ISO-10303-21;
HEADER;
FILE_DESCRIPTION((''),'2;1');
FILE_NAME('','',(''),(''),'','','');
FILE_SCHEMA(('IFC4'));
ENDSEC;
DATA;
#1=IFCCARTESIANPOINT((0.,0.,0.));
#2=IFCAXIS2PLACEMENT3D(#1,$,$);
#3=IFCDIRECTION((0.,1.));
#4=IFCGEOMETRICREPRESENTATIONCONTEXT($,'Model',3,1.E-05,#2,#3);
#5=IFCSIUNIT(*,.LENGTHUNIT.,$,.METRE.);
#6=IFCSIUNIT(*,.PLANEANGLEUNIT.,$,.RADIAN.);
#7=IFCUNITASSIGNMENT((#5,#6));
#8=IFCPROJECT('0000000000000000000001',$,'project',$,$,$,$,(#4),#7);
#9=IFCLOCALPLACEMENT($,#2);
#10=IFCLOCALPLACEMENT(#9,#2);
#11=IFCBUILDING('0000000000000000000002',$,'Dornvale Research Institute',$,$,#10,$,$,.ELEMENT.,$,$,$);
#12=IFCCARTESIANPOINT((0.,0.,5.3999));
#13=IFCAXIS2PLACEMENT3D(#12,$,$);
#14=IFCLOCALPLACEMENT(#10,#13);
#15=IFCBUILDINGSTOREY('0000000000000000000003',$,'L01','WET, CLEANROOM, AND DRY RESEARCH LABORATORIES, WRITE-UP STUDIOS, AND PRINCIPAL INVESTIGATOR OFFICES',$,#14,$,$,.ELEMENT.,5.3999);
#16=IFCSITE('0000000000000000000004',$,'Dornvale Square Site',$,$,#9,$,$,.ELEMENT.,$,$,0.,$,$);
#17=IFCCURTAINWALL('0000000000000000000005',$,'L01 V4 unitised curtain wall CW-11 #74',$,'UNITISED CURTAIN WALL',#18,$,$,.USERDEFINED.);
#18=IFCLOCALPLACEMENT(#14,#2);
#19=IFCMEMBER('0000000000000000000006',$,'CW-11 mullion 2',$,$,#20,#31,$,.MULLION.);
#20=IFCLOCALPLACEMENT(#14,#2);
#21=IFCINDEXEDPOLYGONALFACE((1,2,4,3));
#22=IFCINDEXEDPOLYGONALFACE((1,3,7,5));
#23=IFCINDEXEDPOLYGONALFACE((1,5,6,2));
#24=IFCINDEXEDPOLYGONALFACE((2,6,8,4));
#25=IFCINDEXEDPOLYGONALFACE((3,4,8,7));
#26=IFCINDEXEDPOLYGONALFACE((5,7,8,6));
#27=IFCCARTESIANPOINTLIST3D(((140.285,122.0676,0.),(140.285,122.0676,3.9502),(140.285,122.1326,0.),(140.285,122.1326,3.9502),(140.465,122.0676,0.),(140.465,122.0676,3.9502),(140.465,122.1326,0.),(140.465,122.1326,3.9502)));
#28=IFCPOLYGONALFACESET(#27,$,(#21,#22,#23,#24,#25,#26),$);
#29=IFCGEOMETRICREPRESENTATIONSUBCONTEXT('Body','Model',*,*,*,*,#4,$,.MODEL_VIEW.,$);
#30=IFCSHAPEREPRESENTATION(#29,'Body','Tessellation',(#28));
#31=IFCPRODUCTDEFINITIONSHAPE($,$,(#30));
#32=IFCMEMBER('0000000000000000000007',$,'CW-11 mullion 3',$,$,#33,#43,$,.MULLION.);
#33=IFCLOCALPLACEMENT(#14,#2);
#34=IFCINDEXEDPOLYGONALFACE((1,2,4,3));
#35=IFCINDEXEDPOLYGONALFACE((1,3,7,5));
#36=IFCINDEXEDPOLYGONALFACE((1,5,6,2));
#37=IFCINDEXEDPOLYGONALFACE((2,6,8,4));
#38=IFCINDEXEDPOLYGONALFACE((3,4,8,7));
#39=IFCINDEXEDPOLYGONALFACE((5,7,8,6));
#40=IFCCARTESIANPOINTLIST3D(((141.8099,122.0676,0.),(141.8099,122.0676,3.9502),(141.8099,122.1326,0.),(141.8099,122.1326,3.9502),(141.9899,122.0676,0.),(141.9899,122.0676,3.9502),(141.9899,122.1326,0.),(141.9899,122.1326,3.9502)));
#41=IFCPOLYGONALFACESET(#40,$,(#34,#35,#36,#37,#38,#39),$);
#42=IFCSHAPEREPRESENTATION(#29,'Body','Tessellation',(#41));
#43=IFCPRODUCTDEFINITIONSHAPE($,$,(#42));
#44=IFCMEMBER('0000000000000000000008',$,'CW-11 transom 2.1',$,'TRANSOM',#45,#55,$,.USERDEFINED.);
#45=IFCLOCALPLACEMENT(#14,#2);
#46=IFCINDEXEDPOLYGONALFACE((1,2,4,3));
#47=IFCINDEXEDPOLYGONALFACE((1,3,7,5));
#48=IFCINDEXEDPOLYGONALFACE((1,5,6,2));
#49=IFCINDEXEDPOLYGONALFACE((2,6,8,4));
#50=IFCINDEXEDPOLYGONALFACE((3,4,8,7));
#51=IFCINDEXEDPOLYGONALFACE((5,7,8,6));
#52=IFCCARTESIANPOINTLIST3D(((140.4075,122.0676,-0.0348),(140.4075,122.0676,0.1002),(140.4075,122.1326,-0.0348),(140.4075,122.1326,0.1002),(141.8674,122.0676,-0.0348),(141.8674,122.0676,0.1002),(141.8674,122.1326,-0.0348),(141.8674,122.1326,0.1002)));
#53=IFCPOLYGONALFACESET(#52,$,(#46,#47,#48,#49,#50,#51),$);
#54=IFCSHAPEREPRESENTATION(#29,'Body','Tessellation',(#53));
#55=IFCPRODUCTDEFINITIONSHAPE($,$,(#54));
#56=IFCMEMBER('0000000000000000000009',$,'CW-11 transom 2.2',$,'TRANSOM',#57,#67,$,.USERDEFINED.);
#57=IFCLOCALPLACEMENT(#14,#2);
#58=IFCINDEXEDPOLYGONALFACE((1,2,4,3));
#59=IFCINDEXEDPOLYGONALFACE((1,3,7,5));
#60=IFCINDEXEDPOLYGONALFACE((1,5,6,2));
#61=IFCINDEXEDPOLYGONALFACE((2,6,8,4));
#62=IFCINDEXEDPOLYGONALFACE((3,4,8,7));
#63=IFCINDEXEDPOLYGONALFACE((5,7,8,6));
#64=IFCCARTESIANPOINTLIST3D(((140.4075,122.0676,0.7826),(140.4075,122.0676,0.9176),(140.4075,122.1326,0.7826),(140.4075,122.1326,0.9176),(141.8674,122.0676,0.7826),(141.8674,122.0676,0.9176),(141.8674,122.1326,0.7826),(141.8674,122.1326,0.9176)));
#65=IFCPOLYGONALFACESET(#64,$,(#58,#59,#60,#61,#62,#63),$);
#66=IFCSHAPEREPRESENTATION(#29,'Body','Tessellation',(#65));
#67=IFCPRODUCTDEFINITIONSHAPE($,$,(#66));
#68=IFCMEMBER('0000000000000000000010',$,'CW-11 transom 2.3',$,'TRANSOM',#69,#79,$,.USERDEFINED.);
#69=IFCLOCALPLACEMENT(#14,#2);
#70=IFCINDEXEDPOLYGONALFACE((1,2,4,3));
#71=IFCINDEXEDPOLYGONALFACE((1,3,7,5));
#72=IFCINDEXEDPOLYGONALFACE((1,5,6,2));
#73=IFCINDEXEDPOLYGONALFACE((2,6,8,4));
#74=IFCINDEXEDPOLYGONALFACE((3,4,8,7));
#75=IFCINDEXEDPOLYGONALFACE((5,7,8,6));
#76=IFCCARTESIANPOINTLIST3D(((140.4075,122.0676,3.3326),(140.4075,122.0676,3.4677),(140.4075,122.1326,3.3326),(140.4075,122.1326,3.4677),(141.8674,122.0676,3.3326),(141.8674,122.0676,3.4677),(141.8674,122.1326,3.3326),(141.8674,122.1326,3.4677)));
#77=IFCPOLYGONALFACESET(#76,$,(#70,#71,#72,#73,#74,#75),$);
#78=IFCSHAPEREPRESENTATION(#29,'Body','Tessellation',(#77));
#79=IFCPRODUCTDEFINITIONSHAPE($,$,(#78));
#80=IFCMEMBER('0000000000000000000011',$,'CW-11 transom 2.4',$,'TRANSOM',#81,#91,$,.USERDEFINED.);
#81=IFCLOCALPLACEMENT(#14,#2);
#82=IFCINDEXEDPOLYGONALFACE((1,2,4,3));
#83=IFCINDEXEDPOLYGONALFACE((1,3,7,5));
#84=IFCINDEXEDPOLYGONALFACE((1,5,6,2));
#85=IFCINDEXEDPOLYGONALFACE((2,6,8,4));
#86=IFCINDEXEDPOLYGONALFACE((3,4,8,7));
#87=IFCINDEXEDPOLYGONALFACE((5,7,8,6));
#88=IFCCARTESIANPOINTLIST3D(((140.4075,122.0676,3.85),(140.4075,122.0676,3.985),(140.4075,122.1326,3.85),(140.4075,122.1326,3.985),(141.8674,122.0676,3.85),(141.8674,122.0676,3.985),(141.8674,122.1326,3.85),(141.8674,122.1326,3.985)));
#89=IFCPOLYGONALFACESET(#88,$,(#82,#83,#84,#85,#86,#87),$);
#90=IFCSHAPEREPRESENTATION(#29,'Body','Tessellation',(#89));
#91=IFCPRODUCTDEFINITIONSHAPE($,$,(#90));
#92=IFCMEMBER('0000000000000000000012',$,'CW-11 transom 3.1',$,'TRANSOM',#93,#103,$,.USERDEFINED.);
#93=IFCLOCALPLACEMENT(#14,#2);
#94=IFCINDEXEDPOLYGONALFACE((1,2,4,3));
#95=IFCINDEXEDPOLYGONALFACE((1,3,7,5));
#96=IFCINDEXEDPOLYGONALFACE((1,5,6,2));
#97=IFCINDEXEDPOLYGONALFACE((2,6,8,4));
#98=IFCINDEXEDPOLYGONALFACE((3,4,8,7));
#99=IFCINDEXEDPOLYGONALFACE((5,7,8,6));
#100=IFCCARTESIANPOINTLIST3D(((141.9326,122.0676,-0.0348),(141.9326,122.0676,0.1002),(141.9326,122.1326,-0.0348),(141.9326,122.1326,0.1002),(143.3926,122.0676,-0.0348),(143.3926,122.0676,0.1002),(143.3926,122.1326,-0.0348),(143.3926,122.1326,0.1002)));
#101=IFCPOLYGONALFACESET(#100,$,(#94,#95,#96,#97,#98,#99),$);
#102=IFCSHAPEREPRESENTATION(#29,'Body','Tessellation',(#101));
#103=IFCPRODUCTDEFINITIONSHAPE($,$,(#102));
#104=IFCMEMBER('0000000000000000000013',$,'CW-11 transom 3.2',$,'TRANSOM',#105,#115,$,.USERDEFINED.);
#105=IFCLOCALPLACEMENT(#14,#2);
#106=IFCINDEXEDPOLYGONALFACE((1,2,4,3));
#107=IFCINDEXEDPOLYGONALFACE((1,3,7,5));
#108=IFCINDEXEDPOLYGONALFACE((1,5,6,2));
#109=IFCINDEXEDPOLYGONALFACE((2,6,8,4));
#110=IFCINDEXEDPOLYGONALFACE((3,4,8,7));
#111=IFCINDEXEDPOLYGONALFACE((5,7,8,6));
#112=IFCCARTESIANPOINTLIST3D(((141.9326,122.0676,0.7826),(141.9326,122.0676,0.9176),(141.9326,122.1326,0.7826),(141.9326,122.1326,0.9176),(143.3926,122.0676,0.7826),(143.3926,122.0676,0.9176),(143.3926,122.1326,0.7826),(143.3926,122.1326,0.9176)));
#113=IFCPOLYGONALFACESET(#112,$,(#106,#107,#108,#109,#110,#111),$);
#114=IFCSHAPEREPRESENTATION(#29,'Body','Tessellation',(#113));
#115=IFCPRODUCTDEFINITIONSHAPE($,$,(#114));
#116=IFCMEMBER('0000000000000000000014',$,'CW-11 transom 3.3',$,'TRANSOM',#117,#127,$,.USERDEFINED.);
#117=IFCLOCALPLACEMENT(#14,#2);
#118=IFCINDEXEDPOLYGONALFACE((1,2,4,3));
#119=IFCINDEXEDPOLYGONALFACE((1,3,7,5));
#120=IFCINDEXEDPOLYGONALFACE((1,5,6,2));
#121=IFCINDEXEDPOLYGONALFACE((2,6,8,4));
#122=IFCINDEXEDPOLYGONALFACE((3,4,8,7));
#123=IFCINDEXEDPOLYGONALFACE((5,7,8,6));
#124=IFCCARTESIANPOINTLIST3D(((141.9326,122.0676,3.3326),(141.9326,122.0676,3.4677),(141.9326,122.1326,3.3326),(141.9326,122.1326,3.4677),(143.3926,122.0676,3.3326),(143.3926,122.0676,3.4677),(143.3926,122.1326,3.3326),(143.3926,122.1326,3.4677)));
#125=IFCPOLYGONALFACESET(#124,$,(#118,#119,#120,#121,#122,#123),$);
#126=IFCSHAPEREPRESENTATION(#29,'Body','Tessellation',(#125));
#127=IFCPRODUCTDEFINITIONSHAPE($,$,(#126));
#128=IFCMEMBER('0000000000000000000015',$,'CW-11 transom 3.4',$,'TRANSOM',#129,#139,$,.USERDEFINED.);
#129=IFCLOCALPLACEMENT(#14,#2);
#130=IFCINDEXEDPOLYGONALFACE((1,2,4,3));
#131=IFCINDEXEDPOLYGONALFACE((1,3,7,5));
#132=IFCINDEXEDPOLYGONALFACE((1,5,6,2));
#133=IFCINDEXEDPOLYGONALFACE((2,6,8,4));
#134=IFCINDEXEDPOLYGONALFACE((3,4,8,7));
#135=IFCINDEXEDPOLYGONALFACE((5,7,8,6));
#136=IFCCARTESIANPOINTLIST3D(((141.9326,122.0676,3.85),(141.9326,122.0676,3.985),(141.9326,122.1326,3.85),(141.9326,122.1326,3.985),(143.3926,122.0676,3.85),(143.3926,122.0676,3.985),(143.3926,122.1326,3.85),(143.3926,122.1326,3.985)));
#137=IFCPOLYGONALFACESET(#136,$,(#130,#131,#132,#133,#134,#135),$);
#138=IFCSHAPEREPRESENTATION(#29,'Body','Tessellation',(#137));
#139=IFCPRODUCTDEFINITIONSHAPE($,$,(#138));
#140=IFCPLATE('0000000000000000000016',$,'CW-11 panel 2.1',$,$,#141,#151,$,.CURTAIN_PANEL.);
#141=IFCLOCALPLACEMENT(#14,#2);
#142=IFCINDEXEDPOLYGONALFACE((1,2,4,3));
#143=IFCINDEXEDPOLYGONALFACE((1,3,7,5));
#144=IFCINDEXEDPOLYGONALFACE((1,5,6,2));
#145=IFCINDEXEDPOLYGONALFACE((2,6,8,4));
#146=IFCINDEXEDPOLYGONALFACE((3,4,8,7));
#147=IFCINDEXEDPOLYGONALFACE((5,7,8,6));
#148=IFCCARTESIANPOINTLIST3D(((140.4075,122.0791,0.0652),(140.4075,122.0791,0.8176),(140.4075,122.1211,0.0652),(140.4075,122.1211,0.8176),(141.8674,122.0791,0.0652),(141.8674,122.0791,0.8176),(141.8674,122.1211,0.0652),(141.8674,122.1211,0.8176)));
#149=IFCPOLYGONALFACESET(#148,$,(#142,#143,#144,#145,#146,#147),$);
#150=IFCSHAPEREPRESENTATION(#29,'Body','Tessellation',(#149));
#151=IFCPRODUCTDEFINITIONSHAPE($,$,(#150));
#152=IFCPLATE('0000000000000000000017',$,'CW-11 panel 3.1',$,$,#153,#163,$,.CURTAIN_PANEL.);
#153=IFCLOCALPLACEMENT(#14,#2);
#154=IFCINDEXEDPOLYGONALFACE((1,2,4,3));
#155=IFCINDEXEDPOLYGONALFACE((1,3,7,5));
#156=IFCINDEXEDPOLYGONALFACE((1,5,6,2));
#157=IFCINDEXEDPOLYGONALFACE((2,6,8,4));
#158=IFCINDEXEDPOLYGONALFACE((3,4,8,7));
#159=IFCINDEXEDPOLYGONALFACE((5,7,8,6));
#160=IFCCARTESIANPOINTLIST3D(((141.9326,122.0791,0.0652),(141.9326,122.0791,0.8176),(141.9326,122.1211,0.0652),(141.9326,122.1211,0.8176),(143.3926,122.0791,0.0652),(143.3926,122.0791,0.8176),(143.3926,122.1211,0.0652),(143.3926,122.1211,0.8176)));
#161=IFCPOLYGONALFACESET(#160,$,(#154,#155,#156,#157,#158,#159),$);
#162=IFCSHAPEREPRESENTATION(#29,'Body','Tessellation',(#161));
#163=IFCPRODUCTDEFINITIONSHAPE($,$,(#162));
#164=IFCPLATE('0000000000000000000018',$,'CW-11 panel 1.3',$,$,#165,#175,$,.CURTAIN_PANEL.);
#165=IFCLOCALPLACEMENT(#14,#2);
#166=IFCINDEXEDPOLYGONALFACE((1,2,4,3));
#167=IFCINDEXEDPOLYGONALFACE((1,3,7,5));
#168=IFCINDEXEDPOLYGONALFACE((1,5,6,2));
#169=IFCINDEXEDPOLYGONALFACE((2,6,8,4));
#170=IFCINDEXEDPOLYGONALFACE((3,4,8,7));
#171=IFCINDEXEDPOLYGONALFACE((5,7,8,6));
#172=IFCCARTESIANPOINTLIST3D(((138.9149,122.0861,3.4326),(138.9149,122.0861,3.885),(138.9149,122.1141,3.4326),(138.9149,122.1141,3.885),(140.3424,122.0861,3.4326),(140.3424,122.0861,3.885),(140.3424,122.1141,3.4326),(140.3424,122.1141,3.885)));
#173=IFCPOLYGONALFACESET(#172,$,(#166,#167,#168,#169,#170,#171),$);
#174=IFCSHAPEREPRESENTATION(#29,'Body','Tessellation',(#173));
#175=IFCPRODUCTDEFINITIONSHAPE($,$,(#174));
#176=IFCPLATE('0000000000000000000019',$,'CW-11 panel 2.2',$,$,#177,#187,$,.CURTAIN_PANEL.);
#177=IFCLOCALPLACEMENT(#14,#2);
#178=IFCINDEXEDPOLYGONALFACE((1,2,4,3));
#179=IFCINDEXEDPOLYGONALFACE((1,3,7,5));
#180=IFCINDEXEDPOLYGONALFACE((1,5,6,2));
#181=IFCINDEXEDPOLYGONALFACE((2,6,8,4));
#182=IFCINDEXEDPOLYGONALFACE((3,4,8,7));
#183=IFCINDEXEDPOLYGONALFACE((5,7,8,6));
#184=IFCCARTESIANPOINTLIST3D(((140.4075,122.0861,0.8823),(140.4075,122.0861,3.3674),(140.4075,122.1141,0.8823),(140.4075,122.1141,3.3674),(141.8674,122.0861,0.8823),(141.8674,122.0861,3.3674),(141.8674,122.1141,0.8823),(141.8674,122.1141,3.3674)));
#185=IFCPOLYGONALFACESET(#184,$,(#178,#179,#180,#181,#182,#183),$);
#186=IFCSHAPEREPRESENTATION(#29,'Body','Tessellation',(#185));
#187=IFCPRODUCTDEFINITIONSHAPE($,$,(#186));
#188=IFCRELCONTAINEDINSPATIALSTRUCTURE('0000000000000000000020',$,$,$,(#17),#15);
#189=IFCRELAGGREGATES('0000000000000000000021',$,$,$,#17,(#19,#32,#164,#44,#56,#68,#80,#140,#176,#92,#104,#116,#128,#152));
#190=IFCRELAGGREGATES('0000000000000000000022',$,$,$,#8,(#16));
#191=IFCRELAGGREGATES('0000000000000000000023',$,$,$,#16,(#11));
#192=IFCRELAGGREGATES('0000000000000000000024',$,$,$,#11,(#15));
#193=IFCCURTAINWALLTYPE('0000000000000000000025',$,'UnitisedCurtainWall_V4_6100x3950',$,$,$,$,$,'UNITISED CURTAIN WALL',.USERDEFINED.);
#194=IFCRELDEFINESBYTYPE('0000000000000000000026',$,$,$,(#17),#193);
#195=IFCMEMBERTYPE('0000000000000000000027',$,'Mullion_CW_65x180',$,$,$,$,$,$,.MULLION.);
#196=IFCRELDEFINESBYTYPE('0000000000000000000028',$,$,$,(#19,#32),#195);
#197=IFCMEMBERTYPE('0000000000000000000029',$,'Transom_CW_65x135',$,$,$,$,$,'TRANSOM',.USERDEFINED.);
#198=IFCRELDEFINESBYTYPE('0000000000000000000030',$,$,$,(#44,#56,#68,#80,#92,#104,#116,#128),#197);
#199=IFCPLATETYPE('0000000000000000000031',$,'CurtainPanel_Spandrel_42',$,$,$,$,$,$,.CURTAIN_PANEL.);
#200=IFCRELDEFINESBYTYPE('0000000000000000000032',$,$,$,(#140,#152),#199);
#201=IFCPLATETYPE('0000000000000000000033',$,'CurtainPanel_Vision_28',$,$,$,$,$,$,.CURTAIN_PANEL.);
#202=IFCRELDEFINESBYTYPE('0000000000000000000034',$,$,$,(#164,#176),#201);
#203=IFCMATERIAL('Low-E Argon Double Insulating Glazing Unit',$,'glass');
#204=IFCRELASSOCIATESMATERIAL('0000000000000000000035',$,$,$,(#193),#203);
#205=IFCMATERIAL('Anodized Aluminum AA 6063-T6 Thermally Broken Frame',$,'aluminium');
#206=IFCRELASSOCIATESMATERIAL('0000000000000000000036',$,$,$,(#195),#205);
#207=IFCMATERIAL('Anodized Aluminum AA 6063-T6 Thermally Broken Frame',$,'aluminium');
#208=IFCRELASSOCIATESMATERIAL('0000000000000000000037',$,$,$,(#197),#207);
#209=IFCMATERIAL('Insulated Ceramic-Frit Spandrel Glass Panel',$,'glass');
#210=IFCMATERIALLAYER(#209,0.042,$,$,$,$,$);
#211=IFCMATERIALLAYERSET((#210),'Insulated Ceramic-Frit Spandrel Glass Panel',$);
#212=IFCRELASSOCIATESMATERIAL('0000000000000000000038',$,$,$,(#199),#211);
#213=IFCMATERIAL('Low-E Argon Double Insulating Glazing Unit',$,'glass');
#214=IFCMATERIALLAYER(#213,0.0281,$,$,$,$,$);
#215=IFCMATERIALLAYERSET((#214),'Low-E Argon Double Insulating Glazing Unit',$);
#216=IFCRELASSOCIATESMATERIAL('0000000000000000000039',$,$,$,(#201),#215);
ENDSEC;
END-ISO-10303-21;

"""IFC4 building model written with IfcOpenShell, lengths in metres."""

from ifc_helpers import new_model, si_unit, direction, frame, origin, origin_2d, place, context, subcontext, project, spatial, rectangle, extrude, material, layer, layer_set, material_profile, profile_set, type_object, element, aggregate, save


model = new_model("IFC4")

# Units and contexts
model_context = context("Model", 3, precision=1e-05, world=origin(), true_north=direction((0.0, 1.0)))
body_context = subcontext(model_context, "Body", "Model", "MODEL_VIEW")
ifc_project = project(units=[si_unit("LENGTHUNIT", "METRE"), si_unit("PLANEANGLEUNIT", "RADIAN")], contexts=[model_context])

# Site, building, storey
site_placement = place(None, origin())
site = spatial("IfcSite", under=ifc_project, at=site_placement, Name="Dornvale Square Site", CompositionType="ELEMENT", RefElevation=0.0)
building_placement = place(site_placement, origin())
building = spatial("IfcBuilding", under=site, at=building_placement, Name="Dornvale Research Institute", CompositionType="ELEMENT")
storey_placement = place(building_placement, frame((0.0, 0.0, 5.3999)))
storey = spatial("IfcBuildingStorey", under=building, at=storey_placement, Name="L01", Description="WET, CLEANROOM, AND DRY RESEARCH LABORATORIES, WRITE-UP STUDIOS, AND PRINCIPAL INVESTIGATOR OFFICES", CompositionType="ELEMENT", Elevation=5.3999)

# Curtain wall, members, plates
ifc_material_1 = material(Name="Low-E Argon Double Insulating Glazing Unit", Category="glass")
curtain_wall_type = type_object("IfcCurtainWallType", Name="UnitisedCurtainWall_V4_6100x3950", ElementType="UNITISED CURTAIN WALL", PredefinedType="USERDEFINED", material=ifc_material_1)
curtain_wall_placement = place(storey_placement, origin())
curtain_wall = element("IfcCurtainWall", 1, at=curtain_wall_placement, inside=storey, type_object=curtain_wall_type, Name="L01 V4 unitised curtain wall CW-11 #74", ObjectType="UNITISED CURTAIN WALL", PredefinedType="USERDEFINED")
ifc_material_2 = material(Name="Anodized Aluminum AA 6063-T6 Thermally Broken Frame", Category="aluminium")
ifc_material_profile_1 = material_profile(ifc_material_2, rectangle(XDim=0.0649, YDim=0.1799, at=origin_2d()), Name="ALU MULLION 65x180")
ifc_profile_set_1 = profile_set([ifc_material_profile_1], Name="Anodized Aluminum AA 6063-T6 Thermally Broken Frame")
member_type_1 = type_object("IfcMemberType", Name="Mullion_CW_65x180", PredefinedType="MULLION", material=ifc_profile_set_1)
member_1_placement = place(storey_placement, frame((140.375, 122.1001, 0.0), z_axis=(0.0, 0.0, 1.0), x_axis=(0.0, 1.0, 0.0)))
member_1 = element("IfcMember", 2, at=member_1_placement, type_object=member_type_1, Name="CW-11 mullion 2", PredefinedType="MULLION", context=body_context, shape_type="SweptSolid", body=[
    extrude(rectangle(XDim=0.0649, YDim=0.1799, at=origin_2d()), origin(), (0.0, 0.0, 1.0), 3.9502),
])
member_2_placement = place(storey_placement, frame((141.8999, 122.1001, 0.0), z_axis=(0.0, 0.0, 1.0), x_axis=(0.0, 1.0, 0.0)))
member_2 = element("IfcMember", 3, at=member_2_placement, type_object=member_type_1, Name="CW-11 mullion 3", PredefinedType="MULLION", context=body_context, shape_type="SweptSolid", body=[
    extrude(rectangle(XDim=0.0649, YDim=0.1799, at=origin_2d()), origin(), (0.0, 0.0, 1.0), 3.9502),
])
ifc_material_3 = material(Name="Anodized Aluminum AA 6063-T6 Thermally Broken Frame", Category="aluminium")
ifc_material_profile_2 = material_profile(ifc_material_3, rectangle(XDim=0.0649, YDim=0.135, at=origin_2d()), Name="ALU TRANSOM 65x135")
ifc_profile_set_2 = profile_set([ifc_material_profile_2], Name="Anodized Aluminum AA 6063-T6 Thermally Broken Frame")
member_type_2 = type_object("IfcMemberType", Name="Transom_CW_65x135", ElementType="TRANSOM", PredefinedType="USERDEFINED", material=ifc_profile_set_2)
member_3_placement = place(storey_placement, frame((140.4075, 122.1001, 0.0327), z_axis=(1.0, 0.0, 0.0), x_axis=(0.0, 1.0, 0.0)))
member_3 = element("IfcMember", 4, at=member_3_placement, type_object=member_type_2, Name="CW-11 transom 2.1", ObjectType="TRANSOM", PredefinedType="USERDEFINED", context=body_context, shape_type="SweptSolid", body=[
    extrude(rectangle(XDim=0.0649, YDim=0.135, at=origin_2d()), origin(), (0.0, 0.0, 1.0), 1.46),
])
member_4_placement = place(storey_placement, frame((140.4075, 122.1001, 0.8501), z_axis=(1.0, 0.0, 0.0), x_axis=(0.0, 1.0, 0.0)))
member_4 = element("IfcMember", 5, at=member_4_placement, type_object=member_type_2, Name="CW-11 transom 2.2", ObjectType="TRANSOM", PredefinedType="USERDEFINED", context=body_context, shape_type="SweptSolid", body=[
    extrude(rectangle(XDim=0.0649, YDim=0.135, at=origin_2d()), origin(), (0.0, 0.0, 1.0), 1.46),
])
member_5_placement = place(storey_placement, frame((140.4075, 122.1001, 3.4001), z_axis=(1.0, 0.0, 0.0), x_axis=(0.0, 1.0, 0.0)))
member_5 = element("IfcMember", 6, at=member_5_placement, type_object=member_type_2, Name="CW-11 transom 2.3", ObjectType="TRANSOM", PredefinedType="USERDEFINED", context=body_context, shape_type="SweptSolid", body=[
    extrude(rectangle(XDim=0.0649, YDim=0.135, at=origin_2d()), origin(), (0.0, 0.0, 1.0), 1.46),
])
member_6_placement = place(storey_placement, frame((140.4075, 122.1001, 3.9175), z_axis=(1.0, 0.0, 0.0), x_axis=(0.0, 1.0, 0.0)))
member_6 = element("IfcMember", 7, at=member_6_placement, type_object=member_type_2, Name="CW-11 transom 2.4", ObjectType="TRANSOM", PredefinedType="USERDEFINED", context=body_context, shape_type="SweptSolid", body=[
    extrude(rectangle(XDim=0.0649, YDim=0.135, at=origin_2d()), origin(), (0.0, 0.0, 1.0), 1.46),
])
member_7_placement = place(storey_placement, frame((141.9326, 122.1001, 0.0327), z_axis=(1.0, 0.0, 0.0), x_axis=(0.0, 1.0, 0.0)))
member_7 = element("IfcMember", 8, at=member_7_placement, type_object=member_type_2, Name="CW-11 transom 3.1", ObjectType="TRANSOM", PredefinedType="USERDEFINED", context=body_context, shape_type="SweptSolid", body=[
    extrude(rectangle(XDim=0.0649, YDim=0.135, at=origin_2d()), origin(), (0.0, 0.0, 1.0), 1.46),
])
member_8_placement = place(storey_placement, frame((141.9326, 122.1001, 0.8501), z_axis=(1.0, 0.0, 0.0), x_axis=(0.0, 1.0, 0.0)))
member_8 = element("IfcMember", 9, at=member_8_placement, type_object=member_type_2, Name="CW-11 transom 3.2", ObjectType="TRANSOM", PredefinedType="USERDEFINED", context=body_context, shape_type="SweptSolid", body=[
    extrude(rectangle(XDim=0.0649, YDim=0.135, at=origin_2d()), origin(), (0.0, 0.0, 1.0), 1.46),
])
member_9_placement = place(storey_placement, frame((141.9326, 122.1001, 3.4001), z_axis=(1.0, 0.0, 0.0), x_axis=(0.0, 1.0, 0.0)))
member_9 = element("IfcMember", 10, at=member_9_placement, type_object=member_type_2, Name="CW-11 transom 3.3", ObjectType="TRANSOM", PredefinedType="USERDEFINED", context=body_context, shape_type="SweptSolid", body=[
    extrude(rectangle(XDim=0.0649, YDim=0.135, at=origin_2d()), origin(), (0.0, 0.0, 1.0), 1.46),
])
member_10_placement = place(storey_placement, frame((141.9326, 122.1001, 3.9175), z_axis=(1.0, 0.0, 0.0), x_axis=(0.0, 1.0, 0.0)))
member_10 = element("IfcMember", 11, at=member_10_placement, type_object=member_type_2, Name="CW-11 transom 3.4", ObjectType="TRANSOM", PredefinedType="USERDEFINED", context=body_context, shape_type="SweptSolid", body=[
    extrude(rectangle(XDim=0.0649, YDim=0.135, at=origin_2d()), origin(), (0.0, 0.0, 1.0), 1.46),
])
ifc_material_4 = material(Name="Insulated Ceramic-Frit Spandrel Glass Panel", Category="glass")
ifc_layer_1 = layer(ifc_material_4, 0.042)
ifc_layer_set_1 = layer_set([ifc_layer_1], Name="Insulated Ceramic-Frit Spandrel Glass Panel")
plate_type_1 = type_object("IfcPlateType", Name="CurtainPanel_Spandrel_42", PredefinedType="CURTAIN_PANEL", material=ifc_layer_set_1)
plate_1_placement = place(storey_placement, frame((141.1375, 122.1001, 0.0652), z_axis=(0.0, 0.0, 1.0), x_axis=(1.0, 0.0, 0.0)))
plate_1 = element("IfcPlate", 12, at=plate_1_placement, type_object=plate_type_1, Name="CW-11 panel 2.1", PredefinedType="CURTAIN_PANEL", context=body_context, shape_type="SweptSolid", body=[
    extrude(rectangle(XDim=1.46, YDim=0.042, at=origin_2d()), origin(), (0.0, 0.0, 1.0), 0.7524),
])
plate_2_placement = place(storey_placement, frame((142.6626, 122.1001, 0.0652), z_axis=(0.0, 0.0, 1.0), x_axis=(1.0, 0.0, 0.0)))
plate_2 = element("IfcPlate", 13, at=plate_2_placement, type_object=plate_type_1, Name="CW-11 panel 3.1", PredefinedType="CURTAIN_PANEL", context=body_context, shape_type="SweptSolid", body=[
    extrude(rectangle(XDim=1.46, YDim=0.042, at=origin_2d()), origin(), (0.0, 0.0, 1.0), 0.7524),
])
ifc_material_5 = material(Name="Low-E Argon Double Insulating Glazing Unit", Category="glass")
ifc_layer_2 = layer(ifc_material_5, 0.0281)
ifc_layer_set_2 = layer_set([ifc_layer_2], Name="Low-E Argon Double Insulating Glazing Unit")
plate_type_2 = type_object("IfcPlateType", Name="CurtainPanel_Vision_28", PredefinedType="CURTAIN_PANEL", material=ifc_layer_set_2)
plate_3_placement = place(storey_placement, frame((139.6287, 122.1001, 3.4326), z_axis=(0.0, 0.0, 1.0), x_axis=(1.0, 0.0, 0.0)))
plate_3 = element("IfcPlate", 14, at=plate_3_placement, type_object=plate_type_2, Name="CW-11 panel 1.3", PredefinedType="CURTAIN_PANEL", context=body_context, shape_type="SweptSolid", body=[
    extrude(rectangle(XDim=1.4275, YDim=0.0281, at=origin_2d()), origin(), (0.0, 0.0, 1.0), 0.4524),
])
plate_4_placement = place(storey_placement, frame((141.1375, 122.1001, 0.8823), z_axis=(0.0, 0.0, 1.0), x_axis=(1.0, 0.0, 0.0)))
plate_4 = element("IfcPlate", 15, at=plate_4_placement, type_object=plate_type_2, Name="CW-11 panel 2.2", PredefinedType="CURTAIN_PANEL", context=body_context, shape_type="SweptSolid", body=[
    extrude(rectangle(XDim=1.46, YDim=0.0281, at=origin_2d()), origin(), (0.0, 0.0, 1.0), 2.4851),
])
aggregate(curtain_wall, [member_1, member_2, plate_3, member_3, member_4, member_5, member_6, plate_1, plate_4, member_7, member_8, member_9, member_10, plate_2])

save(model, "model.ifc")
